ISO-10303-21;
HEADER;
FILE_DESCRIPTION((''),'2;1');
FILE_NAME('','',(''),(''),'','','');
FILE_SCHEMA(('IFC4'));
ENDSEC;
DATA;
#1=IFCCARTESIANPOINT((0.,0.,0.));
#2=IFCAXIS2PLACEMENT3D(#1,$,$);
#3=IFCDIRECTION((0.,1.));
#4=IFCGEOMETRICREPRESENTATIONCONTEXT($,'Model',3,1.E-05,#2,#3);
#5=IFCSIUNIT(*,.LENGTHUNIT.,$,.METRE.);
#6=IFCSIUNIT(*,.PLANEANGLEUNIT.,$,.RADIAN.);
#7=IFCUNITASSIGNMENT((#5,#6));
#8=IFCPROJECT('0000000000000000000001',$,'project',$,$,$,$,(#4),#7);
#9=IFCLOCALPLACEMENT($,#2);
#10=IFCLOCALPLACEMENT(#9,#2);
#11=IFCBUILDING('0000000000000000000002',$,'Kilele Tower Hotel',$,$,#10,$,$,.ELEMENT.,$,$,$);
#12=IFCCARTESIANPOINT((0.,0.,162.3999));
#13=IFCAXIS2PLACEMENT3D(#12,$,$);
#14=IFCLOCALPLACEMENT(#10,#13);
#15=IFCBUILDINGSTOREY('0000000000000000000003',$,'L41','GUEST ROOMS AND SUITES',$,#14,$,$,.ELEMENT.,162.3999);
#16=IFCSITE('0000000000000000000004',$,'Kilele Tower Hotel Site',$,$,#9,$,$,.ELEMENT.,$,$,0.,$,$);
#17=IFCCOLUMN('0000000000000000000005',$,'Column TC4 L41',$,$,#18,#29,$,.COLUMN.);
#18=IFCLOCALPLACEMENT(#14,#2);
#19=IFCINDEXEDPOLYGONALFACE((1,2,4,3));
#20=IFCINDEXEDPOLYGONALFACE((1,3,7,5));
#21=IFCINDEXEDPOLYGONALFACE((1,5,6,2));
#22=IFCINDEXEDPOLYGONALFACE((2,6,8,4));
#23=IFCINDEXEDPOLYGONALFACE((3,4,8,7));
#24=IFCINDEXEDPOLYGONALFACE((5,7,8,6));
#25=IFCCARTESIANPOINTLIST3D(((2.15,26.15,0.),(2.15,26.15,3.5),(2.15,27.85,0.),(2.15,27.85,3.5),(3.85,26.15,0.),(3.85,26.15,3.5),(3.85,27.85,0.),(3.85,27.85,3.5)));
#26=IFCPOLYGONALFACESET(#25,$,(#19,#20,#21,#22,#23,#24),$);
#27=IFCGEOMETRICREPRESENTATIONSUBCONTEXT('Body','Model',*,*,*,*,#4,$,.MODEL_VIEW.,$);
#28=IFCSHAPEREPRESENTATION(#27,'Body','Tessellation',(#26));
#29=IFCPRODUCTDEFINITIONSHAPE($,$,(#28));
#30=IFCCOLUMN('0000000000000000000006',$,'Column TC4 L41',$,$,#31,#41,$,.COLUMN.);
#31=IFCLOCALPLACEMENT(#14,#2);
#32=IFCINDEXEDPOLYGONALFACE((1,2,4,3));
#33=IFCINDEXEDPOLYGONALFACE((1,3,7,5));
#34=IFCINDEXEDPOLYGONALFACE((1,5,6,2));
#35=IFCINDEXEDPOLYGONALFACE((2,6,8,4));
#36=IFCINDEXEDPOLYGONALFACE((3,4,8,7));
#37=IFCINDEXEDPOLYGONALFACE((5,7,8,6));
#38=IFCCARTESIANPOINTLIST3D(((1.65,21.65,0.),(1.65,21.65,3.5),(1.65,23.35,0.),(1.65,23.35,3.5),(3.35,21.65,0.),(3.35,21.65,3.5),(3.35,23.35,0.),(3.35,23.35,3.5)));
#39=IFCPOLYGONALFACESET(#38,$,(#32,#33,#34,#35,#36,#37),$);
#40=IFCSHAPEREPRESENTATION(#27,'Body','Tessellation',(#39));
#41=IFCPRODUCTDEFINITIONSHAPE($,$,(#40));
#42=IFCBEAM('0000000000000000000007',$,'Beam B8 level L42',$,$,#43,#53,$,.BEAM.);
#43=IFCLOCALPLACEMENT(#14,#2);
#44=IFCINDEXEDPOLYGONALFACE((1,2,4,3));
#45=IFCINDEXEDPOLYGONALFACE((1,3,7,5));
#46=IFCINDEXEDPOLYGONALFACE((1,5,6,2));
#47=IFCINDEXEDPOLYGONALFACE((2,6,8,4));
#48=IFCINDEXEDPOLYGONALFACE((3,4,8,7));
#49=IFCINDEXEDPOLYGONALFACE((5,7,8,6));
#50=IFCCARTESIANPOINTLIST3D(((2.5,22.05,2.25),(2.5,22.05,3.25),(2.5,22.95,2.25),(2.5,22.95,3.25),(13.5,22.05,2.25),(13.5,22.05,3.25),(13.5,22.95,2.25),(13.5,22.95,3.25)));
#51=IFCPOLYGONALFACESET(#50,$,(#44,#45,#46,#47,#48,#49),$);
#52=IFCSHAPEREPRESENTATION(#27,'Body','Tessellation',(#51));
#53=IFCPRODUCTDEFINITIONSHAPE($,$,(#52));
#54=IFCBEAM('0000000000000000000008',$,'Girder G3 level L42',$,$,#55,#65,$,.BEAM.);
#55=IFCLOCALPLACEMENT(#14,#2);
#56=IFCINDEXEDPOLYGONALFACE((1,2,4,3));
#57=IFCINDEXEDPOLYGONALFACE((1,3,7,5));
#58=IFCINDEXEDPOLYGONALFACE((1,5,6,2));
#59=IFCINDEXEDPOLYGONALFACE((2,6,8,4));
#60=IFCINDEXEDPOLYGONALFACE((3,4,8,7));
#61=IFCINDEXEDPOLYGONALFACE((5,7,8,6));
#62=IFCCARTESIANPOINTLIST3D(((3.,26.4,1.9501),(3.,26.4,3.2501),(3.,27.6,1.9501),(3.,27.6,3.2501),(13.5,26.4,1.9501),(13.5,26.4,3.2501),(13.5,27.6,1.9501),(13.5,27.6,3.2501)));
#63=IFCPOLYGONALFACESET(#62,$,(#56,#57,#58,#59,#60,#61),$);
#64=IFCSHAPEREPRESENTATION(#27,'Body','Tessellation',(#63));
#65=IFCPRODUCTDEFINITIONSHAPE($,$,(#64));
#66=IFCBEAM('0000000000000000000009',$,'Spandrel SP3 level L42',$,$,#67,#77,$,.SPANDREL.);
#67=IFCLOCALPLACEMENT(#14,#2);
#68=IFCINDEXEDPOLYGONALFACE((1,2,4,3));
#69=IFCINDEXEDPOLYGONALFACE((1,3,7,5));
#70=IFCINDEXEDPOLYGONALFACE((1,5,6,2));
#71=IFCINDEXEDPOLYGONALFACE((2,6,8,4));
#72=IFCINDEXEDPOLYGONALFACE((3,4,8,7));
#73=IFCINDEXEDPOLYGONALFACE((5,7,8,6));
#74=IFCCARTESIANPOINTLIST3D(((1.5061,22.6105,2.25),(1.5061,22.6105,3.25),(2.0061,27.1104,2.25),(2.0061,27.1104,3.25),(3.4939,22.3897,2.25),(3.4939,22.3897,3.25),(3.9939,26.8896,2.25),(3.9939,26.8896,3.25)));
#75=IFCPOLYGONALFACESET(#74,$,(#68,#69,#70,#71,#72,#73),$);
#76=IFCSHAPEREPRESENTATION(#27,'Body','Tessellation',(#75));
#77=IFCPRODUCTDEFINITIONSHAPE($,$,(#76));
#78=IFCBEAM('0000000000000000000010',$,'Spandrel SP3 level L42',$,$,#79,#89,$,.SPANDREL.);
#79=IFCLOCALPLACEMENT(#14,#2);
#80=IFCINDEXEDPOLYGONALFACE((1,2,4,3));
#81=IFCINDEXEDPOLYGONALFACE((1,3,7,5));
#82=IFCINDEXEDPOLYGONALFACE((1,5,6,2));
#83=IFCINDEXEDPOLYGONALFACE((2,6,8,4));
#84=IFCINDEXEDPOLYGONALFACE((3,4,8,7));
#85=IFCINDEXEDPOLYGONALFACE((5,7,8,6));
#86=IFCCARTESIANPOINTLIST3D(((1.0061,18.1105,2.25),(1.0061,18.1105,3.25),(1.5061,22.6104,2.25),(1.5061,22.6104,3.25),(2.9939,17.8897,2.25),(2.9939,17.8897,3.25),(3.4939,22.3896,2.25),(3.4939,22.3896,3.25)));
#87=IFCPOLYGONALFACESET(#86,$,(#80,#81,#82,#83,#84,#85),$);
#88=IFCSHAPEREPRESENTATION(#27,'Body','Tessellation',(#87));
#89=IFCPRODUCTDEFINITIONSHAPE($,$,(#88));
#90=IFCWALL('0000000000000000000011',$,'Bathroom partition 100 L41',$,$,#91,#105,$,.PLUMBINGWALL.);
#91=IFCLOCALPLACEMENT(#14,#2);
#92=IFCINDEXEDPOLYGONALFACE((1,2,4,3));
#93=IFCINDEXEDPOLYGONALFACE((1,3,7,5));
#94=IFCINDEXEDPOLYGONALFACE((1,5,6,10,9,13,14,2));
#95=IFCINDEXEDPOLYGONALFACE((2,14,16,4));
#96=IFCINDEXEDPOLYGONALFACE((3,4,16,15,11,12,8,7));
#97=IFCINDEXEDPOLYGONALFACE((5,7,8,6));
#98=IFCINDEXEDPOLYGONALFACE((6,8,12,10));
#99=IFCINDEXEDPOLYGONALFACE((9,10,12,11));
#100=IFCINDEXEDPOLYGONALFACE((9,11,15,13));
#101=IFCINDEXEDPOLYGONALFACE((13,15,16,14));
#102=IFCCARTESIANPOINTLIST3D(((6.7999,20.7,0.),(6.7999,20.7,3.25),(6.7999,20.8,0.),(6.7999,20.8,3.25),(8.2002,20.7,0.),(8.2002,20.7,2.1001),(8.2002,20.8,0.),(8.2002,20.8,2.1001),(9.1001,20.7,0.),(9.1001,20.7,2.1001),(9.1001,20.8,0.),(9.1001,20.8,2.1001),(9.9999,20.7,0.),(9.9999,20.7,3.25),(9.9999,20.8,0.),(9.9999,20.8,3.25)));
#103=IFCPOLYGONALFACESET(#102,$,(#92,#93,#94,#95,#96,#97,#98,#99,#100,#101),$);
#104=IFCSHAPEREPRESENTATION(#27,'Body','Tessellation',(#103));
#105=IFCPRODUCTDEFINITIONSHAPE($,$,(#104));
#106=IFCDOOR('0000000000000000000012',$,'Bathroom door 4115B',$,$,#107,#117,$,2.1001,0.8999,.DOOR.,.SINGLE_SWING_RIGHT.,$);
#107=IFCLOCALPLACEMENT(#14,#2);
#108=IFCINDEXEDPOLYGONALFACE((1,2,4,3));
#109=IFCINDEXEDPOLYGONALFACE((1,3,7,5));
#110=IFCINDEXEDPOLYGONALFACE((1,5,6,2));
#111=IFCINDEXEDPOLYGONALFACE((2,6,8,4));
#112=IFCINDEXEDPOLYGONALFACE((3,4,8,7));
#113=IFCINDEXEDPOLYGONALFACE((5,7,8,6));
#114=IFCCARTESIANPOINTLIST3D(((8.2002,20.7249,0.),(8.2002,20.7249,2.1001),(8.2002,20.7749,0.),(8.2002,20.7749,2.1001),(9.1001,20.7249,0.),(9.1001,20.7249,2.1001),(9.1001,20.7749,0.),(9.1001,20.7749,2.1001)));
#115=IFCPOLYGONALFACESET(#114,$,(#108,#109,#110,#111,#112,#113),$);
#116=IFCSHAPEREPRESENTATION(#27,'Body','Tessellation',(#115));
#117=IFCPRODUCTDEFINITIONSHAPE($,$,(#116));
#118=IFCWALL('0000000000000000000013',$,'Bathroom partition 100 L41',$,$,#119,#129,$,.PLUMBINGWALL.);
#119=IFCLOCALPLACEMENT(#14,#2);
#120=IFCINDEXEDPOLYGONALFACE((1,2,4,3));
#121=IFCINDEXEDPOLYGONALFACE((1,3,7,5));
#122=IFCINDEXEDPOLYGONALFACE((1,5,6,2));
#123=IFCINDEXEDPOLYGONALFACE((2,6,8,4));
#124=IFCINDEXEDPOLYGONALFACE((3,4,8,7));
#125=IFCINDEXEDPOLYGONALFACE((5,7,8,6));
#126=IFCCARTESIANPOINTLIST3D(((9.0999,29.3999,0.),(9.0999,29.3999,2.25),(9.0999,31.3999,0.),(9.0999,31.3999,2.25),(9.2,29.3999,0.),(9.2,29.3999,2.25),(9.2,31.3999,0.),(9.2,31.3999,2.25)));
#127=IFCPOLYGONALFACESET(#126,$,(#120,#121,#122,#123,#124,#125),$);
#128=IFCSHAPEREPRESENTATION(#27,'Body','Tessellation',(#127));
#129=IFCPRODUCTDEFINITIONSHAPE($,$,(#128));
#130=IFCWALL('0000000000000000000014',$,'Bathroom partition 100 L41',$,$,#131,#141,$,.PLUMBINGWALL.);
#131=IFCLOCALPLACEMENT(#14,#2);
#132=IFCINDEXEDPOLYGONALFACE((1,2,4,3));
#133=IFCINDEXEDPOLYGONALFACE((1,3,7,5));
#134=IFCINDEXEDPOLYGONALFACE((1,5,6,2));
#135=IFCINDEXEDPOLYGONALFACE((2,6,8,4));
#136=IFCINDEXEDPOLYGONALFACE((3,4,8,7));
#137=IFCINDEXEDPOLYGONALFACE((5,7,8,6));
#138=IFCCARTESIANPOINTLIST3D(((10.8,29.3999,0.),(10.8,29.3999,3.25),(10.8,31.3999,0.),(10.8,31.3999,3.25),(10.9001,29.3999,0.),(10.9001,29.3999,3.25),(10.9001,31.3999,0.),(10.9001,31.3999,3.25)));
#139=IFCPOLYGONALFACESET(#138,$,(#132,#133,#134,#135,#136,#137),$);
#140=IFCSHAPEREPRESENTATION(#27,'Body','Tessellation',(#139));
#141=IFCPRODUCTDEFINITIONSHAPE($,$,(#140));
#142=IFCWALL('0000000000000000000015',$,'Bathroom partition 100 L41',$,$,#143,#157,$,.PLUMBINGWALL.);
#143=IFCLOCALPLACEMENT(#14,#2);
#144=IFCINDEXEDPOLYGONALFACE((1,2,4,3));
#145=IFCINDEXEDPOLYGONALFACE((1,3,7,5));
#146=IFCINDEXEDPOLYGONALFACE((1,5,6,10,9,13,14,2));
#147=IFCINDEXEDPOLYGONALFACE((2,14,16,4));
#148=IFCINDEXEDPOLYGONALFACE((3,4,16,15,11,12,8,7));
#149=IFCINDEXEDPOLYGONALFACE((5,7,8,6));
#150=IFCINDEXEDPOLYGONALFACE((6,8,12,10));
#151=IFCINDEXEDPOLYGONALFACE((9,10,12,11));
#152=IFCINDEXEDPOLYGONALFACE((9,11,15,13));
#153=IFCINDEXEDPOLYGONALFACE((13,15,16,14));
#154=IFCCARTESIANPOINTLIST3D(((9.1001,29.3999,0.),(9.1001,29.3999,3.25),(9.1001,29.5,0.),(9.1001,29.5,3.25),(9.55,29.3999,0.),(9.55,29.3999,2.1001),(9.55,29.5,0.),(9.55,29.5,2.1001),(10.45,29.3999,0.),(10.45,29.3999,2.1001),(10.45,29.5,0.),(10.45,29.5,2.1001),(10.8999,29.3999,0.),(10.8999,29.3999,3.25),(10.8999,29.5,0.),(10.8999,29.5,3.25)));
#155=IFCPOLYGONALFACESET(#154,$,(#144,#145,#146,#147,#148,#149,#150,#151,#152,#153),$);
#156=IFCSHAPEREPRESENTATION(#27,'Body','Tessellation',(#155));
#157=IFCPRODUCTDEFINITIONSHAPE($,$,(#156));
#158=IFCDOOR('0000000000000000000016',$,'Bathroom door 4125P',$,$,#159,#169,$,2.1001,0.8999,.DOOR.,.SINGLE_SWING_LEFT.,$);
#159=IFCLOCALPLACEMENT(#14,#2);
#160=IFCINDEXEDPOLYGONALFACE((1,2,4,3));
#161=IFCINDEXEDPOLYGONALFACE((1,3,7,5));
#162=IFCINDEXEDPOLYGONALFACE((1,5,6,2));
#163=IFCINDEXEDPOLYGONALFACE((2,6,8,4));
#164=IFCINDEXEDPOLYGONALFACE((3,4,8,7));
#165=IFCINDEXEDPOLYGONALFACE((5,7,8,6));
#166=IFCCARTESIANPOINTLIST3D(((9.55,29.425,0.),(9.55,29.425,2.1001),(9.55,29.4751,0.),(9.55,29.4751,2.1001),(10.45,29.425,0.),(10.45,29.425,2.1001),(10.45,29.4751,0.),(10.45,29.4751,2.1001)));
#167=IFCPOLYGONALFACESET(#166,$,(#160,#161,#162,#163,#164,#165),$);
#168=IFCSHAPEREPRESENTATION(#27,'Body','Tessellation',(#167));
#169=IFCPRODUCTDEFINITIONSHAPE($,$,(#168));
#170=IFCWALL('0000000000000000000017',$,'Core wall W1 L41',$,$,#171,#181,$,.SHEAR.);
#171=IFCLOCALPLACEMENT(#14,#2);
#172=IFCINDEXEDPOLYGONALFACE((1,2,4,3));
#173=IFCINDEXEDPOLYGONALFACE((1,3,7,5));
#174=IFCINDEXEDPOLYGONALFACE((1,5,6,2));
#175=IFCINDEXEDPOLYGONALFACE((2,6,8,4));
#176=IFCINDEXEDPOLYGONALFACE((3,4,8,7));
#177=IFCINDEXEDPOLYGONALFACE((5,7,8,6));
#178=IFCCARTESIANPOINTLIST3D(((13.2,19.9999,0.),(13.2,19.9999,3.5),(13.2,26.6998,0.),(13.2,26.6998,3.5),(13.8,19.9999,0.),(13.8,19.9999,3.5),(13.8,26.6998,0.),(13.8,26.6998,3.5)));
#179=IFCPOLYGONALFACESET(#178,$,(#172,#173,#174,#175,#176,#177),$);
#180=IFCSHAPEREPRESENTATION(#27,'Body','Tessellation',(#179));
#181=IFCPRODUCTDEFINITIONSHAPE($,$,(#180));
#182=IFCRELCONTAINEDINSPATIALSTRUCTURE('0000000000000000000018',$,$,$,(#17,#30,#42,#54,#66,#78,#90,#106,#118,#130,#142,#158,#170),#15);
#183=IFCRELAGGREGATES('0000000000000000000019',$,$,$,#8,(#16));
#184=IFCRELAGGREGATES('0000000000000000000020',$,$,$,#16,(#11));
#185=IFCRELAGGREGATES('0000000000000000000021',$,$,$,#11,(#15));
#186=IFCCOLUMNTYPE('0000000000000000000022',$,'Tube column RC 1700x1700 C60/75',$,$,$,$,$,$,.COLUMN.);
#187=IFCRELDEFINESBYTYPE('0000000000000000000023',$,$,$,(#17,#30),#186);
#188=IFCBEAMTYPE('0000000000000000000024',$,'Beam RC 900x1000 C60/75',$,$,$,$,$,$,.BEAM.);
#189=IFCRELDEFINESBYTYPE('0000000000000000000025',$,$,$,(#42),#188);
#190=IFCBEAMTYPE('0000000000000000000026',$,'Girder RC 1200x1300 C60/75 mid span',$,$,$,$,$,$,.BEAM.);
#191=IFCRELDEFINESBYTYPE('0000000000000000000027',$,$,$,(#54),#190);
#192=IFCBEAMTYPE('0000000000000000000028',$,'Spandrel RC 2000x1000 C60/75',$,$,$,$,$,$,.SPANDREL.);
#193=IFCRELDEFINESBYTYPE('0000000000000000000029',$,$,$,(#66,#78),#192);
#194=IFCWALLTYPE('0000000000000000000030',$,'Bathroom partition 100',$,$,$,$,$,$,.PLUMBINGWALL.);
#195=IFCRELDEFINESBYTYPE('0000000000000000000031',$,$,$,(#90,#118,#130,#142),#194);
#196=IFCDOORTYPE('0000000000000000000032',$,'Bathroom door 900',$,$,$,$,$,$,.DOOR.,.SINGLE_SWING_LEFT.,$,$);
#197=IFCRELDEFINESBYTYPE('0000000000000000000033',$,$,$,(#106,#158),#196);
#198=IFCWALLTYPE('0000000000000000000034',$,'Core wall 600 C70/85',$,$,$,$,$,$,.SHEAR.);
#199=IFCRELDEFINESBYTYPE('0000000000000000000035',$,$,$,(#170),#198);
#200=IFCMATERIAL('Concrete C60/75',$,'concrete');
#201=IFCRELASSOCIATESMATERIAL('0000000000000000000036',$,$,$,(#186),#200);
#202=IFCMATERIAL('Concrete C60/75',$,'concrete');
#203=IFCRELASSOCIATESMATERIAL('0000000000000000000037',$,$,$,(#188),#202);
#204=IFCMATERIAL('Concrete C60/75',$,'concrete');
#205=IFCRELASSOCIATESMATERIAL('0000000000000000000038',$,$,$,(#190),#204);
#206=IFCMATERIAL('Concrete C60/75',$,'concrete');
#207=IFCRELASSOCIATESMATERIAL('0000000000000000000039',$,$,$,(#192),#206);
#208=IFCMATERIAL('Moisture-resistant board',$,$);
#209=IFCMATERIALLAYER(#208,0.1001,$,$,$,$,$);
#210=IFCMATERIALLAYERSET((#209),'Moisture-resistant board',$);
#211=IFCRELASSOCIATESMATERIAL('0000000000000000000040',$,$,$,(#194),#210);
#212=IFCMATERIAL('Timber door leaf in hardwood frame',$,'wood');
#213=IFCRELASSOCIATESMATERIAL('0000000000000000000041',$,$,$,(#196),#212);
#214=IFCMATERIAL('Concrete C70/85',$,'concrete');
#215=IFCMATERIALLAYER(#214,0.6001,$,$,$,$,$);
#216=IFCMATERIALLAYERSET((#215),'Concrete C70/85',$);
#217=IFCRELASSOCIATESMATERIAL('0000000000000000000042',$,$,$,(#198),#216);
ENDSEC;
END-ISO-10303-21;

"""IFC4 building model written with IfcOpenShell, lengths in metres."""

from ifc_helpers import new_model, si_unit, direction, frame, frame_2d, origin, origin_2d, place, context, subcontext, project, spatial, rectangle, extrude, material, layer, layer_set, material_profile, profile_set, type_object, element, fill, save


model = new_model("IFC4")

# Units and contexts
model_context = context("Model", 3, precision=1e-05, world=origin(), true_north=direction((0.0, 1.0)))
body_context = subcontext(model_context, "Body", "Model", "MODEL_VIEW")
ifc_project = project(units=[si_unit("LENGTHUNIT", "METRE"), si_unit("PLANEANGLEUNIT", "RADIAN")], contexts=[model_context])

# Site, building, storey
site_placement = place(None, origin())
site = spatial("IfcSite", under=ifc_project, at=site_placement, Name="Kilele Tower Hotel Site", CompositionType="ELEMENT", RefElevation=0.0)
building_placement = place(site_placement, origin())
building = spatial("IfcBuilding", under=site, at=building_placement, Name="Kilele Tower Hotel", CompositionType="ELEMENT")
storey_placement = place(building_placement, frame((0.0, 0.0, 162.3999)))
storey = spatial("IfcBuildingStorey", under=building, at=storey_placement, Name="L41", Description="GUEST ROOMS AND SUITES", CompositionType="ELEMENT", Elevation=162.3999)

# Columns
ifc_material_1 = material(Name="Concrete C60/75", Category="concrete")
ifc_material_profile_1 = material_profile(ifc_material_1, rectangle(XDim=1.7, YDim=1.7, at=origin_2d()))
ifc_profile_set_1 = profile_set([ifc_material_profile_1], Name="Concrete C60/75")
column_type = type_object("IfcColumnType", Name="Tube column RC 1700x1700 C60/75", PredefinedType="COLUMN", material=ifc_profile_set_1)
for number, where, z_axis, x_axis, name in (
    (1, (3.0, 27.0, 0.0), (0.0, 0.0, 1.0), (1.0, 0.0, 0.0), "Column TC4 L41"),
    (2, (2.5, 22.5, 0.0), (0.0, 0.0, 1.0), (1.0, 0.0, 0.0), "Column TC4 L41"),
):
    element("IfcColumn", number, at=place(storey_placement, frame(where, z_axis=z_axis, x_axis=x_axis)), inside=storey, type_object=column_type, Name=name, PredefinedType="COLUMN", context=body_context, shape_type="SweptSolid", body=[
        extrude(rectangle(XDim=1.7, YDim=1.7, at=origin_2d()), origin(), (0.0, 0.0, 1.0), 3.5),
    ])

# Beams
ifc_material_2 = material(Name="Concrete C60/75", Category="concrete")
ifc_material_profile_2 = material_profile(ifc_material_2, rectangle(XDim=0.8999, YDim=1.0, at=origin_2d()))
ifc_profile_set_2 = profile_set([ifc_material_profile_2], Name="Concrete C60/75")
beam_type_1 = type_object("IfcBeamType", Name="Beam RC 900x1000 C60/75", PredefinedType="BEAM", material=ifc_profile_set_2)
beam_1_placement = place(storey_placement, frame((2.5, 22.5, 2.75), z_axis=(1.0, 0.0, 0.0), x_axis=(0.0, 1.0, 0.0)))
element("IfcBeam", 3, at=beam_1_placement, inside=storey, type_object=beam_type_1, Name="Beam B8 level L42", PredefinedType="BEAM", context=body_context, shape_type="SweptSolid", body=[
    extrude(rectangle(XDim=0.8999, YDim=1.0, at=origin_2d()), origin(), (0.0, 0.0, 1.0), 11.0),
])
ifc_material_3 = material(Name="Concrete C60/75", Category="concrete")
ifc_material_profile_3 = material_profile(ifc_material_3, rectangle(XDim=1.2, YDim=1.3, at=origin_2d()))
ifc_profile_set_3 = profile_set([ifc_material_profile_3], Name="Concrete C60/75")
beam_type_2 = type_object("IfcBeamType", Name="Girder RC 1200x1300 C60/75 mid span", PredefinedType="BEAM", material=ifc_profile_set_3)
beam_2_placement = place(storey_placement, frame((3.0, 27.0, 2.6001), z_axis=(1.0, 0.0, 0.0), x_axis=(0.0, 1.0, 0.0)))
element("IfcBeam", 4, at=beam_2_placement, inside=storey, type_object=beam_type_2, Name="Girder G3 level L42", PredefinedType="BEAM", context=body_context, shape_type="SweptSolid", body=[
    extrude(rectangle(XDim=1.2, YDim=1.3, at=origin_2d()), origin(), (0.0, 0.0, 1.0), 10.5),
])
ifc_material_4 = material(Name="Concrete C60/75", Category="concrete")
ifc_material_profile_4 = material_profile(ifc_material_4, rectangle(XDim=2.0, YDim=1.0, at=origin_2d()))
ifc_profile_set_4 = profile_set([ifc_material_profile_4], Name="Concrete C60/75")
beam_type_3 = type_object("IfcBeamType", Name="Spandrel RC 2000x1000 C60/75", PredefinedType="SPANDREL", material=ifc_profile_set_4)
for number, where, z_axis, x_axis, name in (
    (5, (3.0, 27.0, 2.75), (-0.110432, -0.993884, 0.0), (0.993884, -0.110432, 0.0), "Spandrel SP3 level L42"),
    (6, (2.5, 22.5, 2.75), (-0.110432, -0.993884, 0.0), (0.993884, -0.110432, 0.0), "Spandrel SP3 level L42"),
):
    element("IfcBeam", number, at=place(storey_placement, frame(where, z_axis=z_axis, x_axis=x_axis)), inside=storey, type_object=beam_type_3, Name=name, PredefinedType="SPANDREL", context=body_context, shape_type="SweptSolid", body=[
        extrude(rectangle(XDim=2.0, YDim=1.0, at=origin_2d()), origin(), (0.0, 0.0, 1.0), 4.5276),
    ])

# Wall, opening, door
ifc_material_5 = material(Name="Moisture-resistant board")
ifc_layer_1 = layer(ifc_material_5, 0.1001)
ifc_layer_set_1 = layer_set([ifc_layer_1], Name="Moisture-resistant board")
wall_type_1 = type_object("IfcWallType", Name="Bathroom partition 100", PredefinedType="PLUMBINGWALL", material=ifc_layer_set_1)
wall_1_placement = place(storey_placement, frame((10.0, 20.75, 0.0), z_axis=(0.0, 0.0, 1.0), x_axis=(-1.0, 0.0, 0.0)))
wall_1 = element("IfcWall", 7, at=wall_1_placement, inside=storey, type_object=wall_type_1, Name="Bathroom partition 100 L41", PredefinedType="PLUMBINGWALL", context=body_context, shape_type="SweptSolid", body=[
    extrude(rectangle(XDim=3.2, YDim=0.1001, at=frame_2d((1.6001, 0.0))), origin(), (0.0, 0.0, 1.0), 3.25),
])
opening_1_placement = place(wall_1_placement, frame((1.7998, 0.0, 0.0), z_axis=(0.0, 0.0, 1.0), x_axis=(-1.0, 0.0, 0.0)))
opening_1 = element("IfcOpeningElement", 8, at=opening_1_placement, cuts=wall_1, PredefinedType="OPENING", context=body_context, shape_type="SweptSolid", body=[
    extrude(rectangle(XDim=0.8999, YDim=2.1001, at=frame_2d((0.45, 1.05))), frame((0.0, 0.0601, 0.0), z_axis=(0.0, -1.0, 0.0), x_axis=(1.0, 0.0, 0.0)), (0.0, 0.0, 1.0), 0.1201),
])
ifc_material_6 = material(Name="Timber door leaf in hardwood frame", Category="wood")
door_type_1 = type_object("IfcDoorType", Name="Bathroom door 900", OperationType="SINGLE_SWING_LEFT", PredefinedType="DOOR", material=ifc_material_6)
door_1_placement = place(opening_1_placement, origin())
door_1 = element("IfcDoor", 9, at=door_1_placement, inside=storey, type_object=door_type_1, Name="Bathroom door 4115B", OperationType="SINGLE_SWING_RIGHT", OverallHeight=2.1001, OverallWidth=0.8999, PredefinedType="DOOR", context=body_context, shape_type="SweptSolid", body=[
    extrude(rectangle(XDim=0.8999, YDim=2.1001, at=frame_2d((0.45, 1.05))), frame((0.0, 0.0249, 0.0), z_axis=(0.0, -1.0, 0.0), x_axis=(1.0, 0.0, 0.0)), (0.0, 0.0, 1.0), 0.05),
])
fill(opening_1, door_1)

# Walls
wall_2_placement = place(storey_placement, frame((9.1499, 31.3999, 0.0), z_axis=(0.0, 0.0, 1.0), x_axis=(0.0, -1.0, 0.0)))
element("IfcWall", 10, at=wall_2_placement, inside=storey, type_object=wall_type_1, Name="Bathroom partition 100 L41", PredefinedType="PLUMBINGWALL", context=body_context, shape_type="SweptSolid", body=[
    extrude(rectangle(XDim=2.0, YDim=0.1001, at=frame_2d((1.0, 0.0))), origin(), (0.0, 0.0, 1.0), 2.25),
])
wall_3_placement = place(storey_placement, frame((10.8501, 31.3999, 0.0), z_axis=(0.0, 0.0, 1.0), x_axis=(0.0, -1.0, 0.0)))
element("IfcWall", 11, at=wall_3_placement, inside=storey, type_object=wall_type_1, Name="Bathroom partition 100 L41", PredefinedType="PLUMBINGWALL", context=body_context, shape_type="SweptSolid", body=[
    extrude(rectangle(XDim=2.0, YDim=0.1001, at=frame_2d((1.0, 0.0))), origin(), (0.0, 0.0, 1.0), 3.25),
])

# Wall, opening, door
wall_4_placement = place(storey_placement, frame((10.8999, 29.45, 0.0), z_axis=(0.0, 0.0, 1.0), x_axis=(-1.0, 0.0, 0.0)))
wall_4 = element("IfcWall", 12, at=wall_4_placement, inside=storey, type_object=wall_type_1, Name="Bathroom partition 100 L41", PredefinedType="PLUMBINGWALL", context=body_context, shape_type="SweptSolid", body=[
    extrude(rectangle(XDim=1.7998, YDim=0.1001, at=frame_2d((0.8999, 0.0))), origin(), (0.0, 0.0, 1.0), 3.25),
])
opening_2_placement = place(wall_4_placement, frame((0.45, 0.0, 0.0)))
opening_2 = element("IfcOpeningElement", 13, at=opening_2_placement, cuts=wall_4, PredefinedType="OPENING", context=body_context, shape_type="SweptSolid", body=[
    extrude(rectangle(XDim=0.8999, YDim=2.1001, at=frame_2d((0.45, 1.05))), frame((0.0, 0.0601, 0.0), z_axis=(0.0, -1.0, 0.0), x_axis=(1.0, 0.0, 0.0)), (0.0, 0.0, 1.0), 0.1201),
])
door_2_placement = place(opening_2_placement, origin())
door_2 = element("IfcDoor", 14, at=door_2_placement, inside=storey, type_object=door_type_1, Name="Bathroom door 4125P", OperationType="SINGLE_SWING_LEFT", OverallHeight=2.1001, OverallWidth=0.8999, PredefinedType="DOOR", context=body_context, shape_type="SweptSolid", body=[
    extrude(rectangle(XDim=0.8999, YDim=2.1001, at=frame_2d((0.45, 1.05))), frame((0.0, 0.0249, 0.0), z_axis=(0.0, -1.0, 0.0), x_axis=(1.0, 0.0, 0.0)), (0.0, 0.0, 1.0), 0.05),
])
fill(opening_2, door_2)

# Wall
ifc_material_7 = material(Name="Concrete C70/85", Category="concrete")
ifc_layer_2 = layer(ifc_material_7, 0.6001)
ifc_layer_set_2 = layer_set([ifc_layer_2], Name="Concrete C70/85")
wall_type_2 = type_object("IfcWallType", Name="Core wall 600 C70/85", PredefinedType="SHEAR", material=ifc_layer_set_2)
wall_5_placement = place(storey_placement, frame((13.5, 26.7, 0.0), z_axis=(0.0, 0.0, 1.0), x_axis=(0.0, -1.0, 0.0)))
element("IfcWall", 15, at=wall_5_placement, inside=storey, type_object=wall_type_2, Name="Core wall W1 L41", PredefinedType="SHEAR", context=body_context, shape_type="SweptSolid", body=[
    extrude(rectangle(XDim=6.7, YDim=0.6001, at=frame_2d((3.3501, 0.0))), origin(), (0.0, 0.0, 1.0), 3.5),
])

save(model, "model.ifc")
